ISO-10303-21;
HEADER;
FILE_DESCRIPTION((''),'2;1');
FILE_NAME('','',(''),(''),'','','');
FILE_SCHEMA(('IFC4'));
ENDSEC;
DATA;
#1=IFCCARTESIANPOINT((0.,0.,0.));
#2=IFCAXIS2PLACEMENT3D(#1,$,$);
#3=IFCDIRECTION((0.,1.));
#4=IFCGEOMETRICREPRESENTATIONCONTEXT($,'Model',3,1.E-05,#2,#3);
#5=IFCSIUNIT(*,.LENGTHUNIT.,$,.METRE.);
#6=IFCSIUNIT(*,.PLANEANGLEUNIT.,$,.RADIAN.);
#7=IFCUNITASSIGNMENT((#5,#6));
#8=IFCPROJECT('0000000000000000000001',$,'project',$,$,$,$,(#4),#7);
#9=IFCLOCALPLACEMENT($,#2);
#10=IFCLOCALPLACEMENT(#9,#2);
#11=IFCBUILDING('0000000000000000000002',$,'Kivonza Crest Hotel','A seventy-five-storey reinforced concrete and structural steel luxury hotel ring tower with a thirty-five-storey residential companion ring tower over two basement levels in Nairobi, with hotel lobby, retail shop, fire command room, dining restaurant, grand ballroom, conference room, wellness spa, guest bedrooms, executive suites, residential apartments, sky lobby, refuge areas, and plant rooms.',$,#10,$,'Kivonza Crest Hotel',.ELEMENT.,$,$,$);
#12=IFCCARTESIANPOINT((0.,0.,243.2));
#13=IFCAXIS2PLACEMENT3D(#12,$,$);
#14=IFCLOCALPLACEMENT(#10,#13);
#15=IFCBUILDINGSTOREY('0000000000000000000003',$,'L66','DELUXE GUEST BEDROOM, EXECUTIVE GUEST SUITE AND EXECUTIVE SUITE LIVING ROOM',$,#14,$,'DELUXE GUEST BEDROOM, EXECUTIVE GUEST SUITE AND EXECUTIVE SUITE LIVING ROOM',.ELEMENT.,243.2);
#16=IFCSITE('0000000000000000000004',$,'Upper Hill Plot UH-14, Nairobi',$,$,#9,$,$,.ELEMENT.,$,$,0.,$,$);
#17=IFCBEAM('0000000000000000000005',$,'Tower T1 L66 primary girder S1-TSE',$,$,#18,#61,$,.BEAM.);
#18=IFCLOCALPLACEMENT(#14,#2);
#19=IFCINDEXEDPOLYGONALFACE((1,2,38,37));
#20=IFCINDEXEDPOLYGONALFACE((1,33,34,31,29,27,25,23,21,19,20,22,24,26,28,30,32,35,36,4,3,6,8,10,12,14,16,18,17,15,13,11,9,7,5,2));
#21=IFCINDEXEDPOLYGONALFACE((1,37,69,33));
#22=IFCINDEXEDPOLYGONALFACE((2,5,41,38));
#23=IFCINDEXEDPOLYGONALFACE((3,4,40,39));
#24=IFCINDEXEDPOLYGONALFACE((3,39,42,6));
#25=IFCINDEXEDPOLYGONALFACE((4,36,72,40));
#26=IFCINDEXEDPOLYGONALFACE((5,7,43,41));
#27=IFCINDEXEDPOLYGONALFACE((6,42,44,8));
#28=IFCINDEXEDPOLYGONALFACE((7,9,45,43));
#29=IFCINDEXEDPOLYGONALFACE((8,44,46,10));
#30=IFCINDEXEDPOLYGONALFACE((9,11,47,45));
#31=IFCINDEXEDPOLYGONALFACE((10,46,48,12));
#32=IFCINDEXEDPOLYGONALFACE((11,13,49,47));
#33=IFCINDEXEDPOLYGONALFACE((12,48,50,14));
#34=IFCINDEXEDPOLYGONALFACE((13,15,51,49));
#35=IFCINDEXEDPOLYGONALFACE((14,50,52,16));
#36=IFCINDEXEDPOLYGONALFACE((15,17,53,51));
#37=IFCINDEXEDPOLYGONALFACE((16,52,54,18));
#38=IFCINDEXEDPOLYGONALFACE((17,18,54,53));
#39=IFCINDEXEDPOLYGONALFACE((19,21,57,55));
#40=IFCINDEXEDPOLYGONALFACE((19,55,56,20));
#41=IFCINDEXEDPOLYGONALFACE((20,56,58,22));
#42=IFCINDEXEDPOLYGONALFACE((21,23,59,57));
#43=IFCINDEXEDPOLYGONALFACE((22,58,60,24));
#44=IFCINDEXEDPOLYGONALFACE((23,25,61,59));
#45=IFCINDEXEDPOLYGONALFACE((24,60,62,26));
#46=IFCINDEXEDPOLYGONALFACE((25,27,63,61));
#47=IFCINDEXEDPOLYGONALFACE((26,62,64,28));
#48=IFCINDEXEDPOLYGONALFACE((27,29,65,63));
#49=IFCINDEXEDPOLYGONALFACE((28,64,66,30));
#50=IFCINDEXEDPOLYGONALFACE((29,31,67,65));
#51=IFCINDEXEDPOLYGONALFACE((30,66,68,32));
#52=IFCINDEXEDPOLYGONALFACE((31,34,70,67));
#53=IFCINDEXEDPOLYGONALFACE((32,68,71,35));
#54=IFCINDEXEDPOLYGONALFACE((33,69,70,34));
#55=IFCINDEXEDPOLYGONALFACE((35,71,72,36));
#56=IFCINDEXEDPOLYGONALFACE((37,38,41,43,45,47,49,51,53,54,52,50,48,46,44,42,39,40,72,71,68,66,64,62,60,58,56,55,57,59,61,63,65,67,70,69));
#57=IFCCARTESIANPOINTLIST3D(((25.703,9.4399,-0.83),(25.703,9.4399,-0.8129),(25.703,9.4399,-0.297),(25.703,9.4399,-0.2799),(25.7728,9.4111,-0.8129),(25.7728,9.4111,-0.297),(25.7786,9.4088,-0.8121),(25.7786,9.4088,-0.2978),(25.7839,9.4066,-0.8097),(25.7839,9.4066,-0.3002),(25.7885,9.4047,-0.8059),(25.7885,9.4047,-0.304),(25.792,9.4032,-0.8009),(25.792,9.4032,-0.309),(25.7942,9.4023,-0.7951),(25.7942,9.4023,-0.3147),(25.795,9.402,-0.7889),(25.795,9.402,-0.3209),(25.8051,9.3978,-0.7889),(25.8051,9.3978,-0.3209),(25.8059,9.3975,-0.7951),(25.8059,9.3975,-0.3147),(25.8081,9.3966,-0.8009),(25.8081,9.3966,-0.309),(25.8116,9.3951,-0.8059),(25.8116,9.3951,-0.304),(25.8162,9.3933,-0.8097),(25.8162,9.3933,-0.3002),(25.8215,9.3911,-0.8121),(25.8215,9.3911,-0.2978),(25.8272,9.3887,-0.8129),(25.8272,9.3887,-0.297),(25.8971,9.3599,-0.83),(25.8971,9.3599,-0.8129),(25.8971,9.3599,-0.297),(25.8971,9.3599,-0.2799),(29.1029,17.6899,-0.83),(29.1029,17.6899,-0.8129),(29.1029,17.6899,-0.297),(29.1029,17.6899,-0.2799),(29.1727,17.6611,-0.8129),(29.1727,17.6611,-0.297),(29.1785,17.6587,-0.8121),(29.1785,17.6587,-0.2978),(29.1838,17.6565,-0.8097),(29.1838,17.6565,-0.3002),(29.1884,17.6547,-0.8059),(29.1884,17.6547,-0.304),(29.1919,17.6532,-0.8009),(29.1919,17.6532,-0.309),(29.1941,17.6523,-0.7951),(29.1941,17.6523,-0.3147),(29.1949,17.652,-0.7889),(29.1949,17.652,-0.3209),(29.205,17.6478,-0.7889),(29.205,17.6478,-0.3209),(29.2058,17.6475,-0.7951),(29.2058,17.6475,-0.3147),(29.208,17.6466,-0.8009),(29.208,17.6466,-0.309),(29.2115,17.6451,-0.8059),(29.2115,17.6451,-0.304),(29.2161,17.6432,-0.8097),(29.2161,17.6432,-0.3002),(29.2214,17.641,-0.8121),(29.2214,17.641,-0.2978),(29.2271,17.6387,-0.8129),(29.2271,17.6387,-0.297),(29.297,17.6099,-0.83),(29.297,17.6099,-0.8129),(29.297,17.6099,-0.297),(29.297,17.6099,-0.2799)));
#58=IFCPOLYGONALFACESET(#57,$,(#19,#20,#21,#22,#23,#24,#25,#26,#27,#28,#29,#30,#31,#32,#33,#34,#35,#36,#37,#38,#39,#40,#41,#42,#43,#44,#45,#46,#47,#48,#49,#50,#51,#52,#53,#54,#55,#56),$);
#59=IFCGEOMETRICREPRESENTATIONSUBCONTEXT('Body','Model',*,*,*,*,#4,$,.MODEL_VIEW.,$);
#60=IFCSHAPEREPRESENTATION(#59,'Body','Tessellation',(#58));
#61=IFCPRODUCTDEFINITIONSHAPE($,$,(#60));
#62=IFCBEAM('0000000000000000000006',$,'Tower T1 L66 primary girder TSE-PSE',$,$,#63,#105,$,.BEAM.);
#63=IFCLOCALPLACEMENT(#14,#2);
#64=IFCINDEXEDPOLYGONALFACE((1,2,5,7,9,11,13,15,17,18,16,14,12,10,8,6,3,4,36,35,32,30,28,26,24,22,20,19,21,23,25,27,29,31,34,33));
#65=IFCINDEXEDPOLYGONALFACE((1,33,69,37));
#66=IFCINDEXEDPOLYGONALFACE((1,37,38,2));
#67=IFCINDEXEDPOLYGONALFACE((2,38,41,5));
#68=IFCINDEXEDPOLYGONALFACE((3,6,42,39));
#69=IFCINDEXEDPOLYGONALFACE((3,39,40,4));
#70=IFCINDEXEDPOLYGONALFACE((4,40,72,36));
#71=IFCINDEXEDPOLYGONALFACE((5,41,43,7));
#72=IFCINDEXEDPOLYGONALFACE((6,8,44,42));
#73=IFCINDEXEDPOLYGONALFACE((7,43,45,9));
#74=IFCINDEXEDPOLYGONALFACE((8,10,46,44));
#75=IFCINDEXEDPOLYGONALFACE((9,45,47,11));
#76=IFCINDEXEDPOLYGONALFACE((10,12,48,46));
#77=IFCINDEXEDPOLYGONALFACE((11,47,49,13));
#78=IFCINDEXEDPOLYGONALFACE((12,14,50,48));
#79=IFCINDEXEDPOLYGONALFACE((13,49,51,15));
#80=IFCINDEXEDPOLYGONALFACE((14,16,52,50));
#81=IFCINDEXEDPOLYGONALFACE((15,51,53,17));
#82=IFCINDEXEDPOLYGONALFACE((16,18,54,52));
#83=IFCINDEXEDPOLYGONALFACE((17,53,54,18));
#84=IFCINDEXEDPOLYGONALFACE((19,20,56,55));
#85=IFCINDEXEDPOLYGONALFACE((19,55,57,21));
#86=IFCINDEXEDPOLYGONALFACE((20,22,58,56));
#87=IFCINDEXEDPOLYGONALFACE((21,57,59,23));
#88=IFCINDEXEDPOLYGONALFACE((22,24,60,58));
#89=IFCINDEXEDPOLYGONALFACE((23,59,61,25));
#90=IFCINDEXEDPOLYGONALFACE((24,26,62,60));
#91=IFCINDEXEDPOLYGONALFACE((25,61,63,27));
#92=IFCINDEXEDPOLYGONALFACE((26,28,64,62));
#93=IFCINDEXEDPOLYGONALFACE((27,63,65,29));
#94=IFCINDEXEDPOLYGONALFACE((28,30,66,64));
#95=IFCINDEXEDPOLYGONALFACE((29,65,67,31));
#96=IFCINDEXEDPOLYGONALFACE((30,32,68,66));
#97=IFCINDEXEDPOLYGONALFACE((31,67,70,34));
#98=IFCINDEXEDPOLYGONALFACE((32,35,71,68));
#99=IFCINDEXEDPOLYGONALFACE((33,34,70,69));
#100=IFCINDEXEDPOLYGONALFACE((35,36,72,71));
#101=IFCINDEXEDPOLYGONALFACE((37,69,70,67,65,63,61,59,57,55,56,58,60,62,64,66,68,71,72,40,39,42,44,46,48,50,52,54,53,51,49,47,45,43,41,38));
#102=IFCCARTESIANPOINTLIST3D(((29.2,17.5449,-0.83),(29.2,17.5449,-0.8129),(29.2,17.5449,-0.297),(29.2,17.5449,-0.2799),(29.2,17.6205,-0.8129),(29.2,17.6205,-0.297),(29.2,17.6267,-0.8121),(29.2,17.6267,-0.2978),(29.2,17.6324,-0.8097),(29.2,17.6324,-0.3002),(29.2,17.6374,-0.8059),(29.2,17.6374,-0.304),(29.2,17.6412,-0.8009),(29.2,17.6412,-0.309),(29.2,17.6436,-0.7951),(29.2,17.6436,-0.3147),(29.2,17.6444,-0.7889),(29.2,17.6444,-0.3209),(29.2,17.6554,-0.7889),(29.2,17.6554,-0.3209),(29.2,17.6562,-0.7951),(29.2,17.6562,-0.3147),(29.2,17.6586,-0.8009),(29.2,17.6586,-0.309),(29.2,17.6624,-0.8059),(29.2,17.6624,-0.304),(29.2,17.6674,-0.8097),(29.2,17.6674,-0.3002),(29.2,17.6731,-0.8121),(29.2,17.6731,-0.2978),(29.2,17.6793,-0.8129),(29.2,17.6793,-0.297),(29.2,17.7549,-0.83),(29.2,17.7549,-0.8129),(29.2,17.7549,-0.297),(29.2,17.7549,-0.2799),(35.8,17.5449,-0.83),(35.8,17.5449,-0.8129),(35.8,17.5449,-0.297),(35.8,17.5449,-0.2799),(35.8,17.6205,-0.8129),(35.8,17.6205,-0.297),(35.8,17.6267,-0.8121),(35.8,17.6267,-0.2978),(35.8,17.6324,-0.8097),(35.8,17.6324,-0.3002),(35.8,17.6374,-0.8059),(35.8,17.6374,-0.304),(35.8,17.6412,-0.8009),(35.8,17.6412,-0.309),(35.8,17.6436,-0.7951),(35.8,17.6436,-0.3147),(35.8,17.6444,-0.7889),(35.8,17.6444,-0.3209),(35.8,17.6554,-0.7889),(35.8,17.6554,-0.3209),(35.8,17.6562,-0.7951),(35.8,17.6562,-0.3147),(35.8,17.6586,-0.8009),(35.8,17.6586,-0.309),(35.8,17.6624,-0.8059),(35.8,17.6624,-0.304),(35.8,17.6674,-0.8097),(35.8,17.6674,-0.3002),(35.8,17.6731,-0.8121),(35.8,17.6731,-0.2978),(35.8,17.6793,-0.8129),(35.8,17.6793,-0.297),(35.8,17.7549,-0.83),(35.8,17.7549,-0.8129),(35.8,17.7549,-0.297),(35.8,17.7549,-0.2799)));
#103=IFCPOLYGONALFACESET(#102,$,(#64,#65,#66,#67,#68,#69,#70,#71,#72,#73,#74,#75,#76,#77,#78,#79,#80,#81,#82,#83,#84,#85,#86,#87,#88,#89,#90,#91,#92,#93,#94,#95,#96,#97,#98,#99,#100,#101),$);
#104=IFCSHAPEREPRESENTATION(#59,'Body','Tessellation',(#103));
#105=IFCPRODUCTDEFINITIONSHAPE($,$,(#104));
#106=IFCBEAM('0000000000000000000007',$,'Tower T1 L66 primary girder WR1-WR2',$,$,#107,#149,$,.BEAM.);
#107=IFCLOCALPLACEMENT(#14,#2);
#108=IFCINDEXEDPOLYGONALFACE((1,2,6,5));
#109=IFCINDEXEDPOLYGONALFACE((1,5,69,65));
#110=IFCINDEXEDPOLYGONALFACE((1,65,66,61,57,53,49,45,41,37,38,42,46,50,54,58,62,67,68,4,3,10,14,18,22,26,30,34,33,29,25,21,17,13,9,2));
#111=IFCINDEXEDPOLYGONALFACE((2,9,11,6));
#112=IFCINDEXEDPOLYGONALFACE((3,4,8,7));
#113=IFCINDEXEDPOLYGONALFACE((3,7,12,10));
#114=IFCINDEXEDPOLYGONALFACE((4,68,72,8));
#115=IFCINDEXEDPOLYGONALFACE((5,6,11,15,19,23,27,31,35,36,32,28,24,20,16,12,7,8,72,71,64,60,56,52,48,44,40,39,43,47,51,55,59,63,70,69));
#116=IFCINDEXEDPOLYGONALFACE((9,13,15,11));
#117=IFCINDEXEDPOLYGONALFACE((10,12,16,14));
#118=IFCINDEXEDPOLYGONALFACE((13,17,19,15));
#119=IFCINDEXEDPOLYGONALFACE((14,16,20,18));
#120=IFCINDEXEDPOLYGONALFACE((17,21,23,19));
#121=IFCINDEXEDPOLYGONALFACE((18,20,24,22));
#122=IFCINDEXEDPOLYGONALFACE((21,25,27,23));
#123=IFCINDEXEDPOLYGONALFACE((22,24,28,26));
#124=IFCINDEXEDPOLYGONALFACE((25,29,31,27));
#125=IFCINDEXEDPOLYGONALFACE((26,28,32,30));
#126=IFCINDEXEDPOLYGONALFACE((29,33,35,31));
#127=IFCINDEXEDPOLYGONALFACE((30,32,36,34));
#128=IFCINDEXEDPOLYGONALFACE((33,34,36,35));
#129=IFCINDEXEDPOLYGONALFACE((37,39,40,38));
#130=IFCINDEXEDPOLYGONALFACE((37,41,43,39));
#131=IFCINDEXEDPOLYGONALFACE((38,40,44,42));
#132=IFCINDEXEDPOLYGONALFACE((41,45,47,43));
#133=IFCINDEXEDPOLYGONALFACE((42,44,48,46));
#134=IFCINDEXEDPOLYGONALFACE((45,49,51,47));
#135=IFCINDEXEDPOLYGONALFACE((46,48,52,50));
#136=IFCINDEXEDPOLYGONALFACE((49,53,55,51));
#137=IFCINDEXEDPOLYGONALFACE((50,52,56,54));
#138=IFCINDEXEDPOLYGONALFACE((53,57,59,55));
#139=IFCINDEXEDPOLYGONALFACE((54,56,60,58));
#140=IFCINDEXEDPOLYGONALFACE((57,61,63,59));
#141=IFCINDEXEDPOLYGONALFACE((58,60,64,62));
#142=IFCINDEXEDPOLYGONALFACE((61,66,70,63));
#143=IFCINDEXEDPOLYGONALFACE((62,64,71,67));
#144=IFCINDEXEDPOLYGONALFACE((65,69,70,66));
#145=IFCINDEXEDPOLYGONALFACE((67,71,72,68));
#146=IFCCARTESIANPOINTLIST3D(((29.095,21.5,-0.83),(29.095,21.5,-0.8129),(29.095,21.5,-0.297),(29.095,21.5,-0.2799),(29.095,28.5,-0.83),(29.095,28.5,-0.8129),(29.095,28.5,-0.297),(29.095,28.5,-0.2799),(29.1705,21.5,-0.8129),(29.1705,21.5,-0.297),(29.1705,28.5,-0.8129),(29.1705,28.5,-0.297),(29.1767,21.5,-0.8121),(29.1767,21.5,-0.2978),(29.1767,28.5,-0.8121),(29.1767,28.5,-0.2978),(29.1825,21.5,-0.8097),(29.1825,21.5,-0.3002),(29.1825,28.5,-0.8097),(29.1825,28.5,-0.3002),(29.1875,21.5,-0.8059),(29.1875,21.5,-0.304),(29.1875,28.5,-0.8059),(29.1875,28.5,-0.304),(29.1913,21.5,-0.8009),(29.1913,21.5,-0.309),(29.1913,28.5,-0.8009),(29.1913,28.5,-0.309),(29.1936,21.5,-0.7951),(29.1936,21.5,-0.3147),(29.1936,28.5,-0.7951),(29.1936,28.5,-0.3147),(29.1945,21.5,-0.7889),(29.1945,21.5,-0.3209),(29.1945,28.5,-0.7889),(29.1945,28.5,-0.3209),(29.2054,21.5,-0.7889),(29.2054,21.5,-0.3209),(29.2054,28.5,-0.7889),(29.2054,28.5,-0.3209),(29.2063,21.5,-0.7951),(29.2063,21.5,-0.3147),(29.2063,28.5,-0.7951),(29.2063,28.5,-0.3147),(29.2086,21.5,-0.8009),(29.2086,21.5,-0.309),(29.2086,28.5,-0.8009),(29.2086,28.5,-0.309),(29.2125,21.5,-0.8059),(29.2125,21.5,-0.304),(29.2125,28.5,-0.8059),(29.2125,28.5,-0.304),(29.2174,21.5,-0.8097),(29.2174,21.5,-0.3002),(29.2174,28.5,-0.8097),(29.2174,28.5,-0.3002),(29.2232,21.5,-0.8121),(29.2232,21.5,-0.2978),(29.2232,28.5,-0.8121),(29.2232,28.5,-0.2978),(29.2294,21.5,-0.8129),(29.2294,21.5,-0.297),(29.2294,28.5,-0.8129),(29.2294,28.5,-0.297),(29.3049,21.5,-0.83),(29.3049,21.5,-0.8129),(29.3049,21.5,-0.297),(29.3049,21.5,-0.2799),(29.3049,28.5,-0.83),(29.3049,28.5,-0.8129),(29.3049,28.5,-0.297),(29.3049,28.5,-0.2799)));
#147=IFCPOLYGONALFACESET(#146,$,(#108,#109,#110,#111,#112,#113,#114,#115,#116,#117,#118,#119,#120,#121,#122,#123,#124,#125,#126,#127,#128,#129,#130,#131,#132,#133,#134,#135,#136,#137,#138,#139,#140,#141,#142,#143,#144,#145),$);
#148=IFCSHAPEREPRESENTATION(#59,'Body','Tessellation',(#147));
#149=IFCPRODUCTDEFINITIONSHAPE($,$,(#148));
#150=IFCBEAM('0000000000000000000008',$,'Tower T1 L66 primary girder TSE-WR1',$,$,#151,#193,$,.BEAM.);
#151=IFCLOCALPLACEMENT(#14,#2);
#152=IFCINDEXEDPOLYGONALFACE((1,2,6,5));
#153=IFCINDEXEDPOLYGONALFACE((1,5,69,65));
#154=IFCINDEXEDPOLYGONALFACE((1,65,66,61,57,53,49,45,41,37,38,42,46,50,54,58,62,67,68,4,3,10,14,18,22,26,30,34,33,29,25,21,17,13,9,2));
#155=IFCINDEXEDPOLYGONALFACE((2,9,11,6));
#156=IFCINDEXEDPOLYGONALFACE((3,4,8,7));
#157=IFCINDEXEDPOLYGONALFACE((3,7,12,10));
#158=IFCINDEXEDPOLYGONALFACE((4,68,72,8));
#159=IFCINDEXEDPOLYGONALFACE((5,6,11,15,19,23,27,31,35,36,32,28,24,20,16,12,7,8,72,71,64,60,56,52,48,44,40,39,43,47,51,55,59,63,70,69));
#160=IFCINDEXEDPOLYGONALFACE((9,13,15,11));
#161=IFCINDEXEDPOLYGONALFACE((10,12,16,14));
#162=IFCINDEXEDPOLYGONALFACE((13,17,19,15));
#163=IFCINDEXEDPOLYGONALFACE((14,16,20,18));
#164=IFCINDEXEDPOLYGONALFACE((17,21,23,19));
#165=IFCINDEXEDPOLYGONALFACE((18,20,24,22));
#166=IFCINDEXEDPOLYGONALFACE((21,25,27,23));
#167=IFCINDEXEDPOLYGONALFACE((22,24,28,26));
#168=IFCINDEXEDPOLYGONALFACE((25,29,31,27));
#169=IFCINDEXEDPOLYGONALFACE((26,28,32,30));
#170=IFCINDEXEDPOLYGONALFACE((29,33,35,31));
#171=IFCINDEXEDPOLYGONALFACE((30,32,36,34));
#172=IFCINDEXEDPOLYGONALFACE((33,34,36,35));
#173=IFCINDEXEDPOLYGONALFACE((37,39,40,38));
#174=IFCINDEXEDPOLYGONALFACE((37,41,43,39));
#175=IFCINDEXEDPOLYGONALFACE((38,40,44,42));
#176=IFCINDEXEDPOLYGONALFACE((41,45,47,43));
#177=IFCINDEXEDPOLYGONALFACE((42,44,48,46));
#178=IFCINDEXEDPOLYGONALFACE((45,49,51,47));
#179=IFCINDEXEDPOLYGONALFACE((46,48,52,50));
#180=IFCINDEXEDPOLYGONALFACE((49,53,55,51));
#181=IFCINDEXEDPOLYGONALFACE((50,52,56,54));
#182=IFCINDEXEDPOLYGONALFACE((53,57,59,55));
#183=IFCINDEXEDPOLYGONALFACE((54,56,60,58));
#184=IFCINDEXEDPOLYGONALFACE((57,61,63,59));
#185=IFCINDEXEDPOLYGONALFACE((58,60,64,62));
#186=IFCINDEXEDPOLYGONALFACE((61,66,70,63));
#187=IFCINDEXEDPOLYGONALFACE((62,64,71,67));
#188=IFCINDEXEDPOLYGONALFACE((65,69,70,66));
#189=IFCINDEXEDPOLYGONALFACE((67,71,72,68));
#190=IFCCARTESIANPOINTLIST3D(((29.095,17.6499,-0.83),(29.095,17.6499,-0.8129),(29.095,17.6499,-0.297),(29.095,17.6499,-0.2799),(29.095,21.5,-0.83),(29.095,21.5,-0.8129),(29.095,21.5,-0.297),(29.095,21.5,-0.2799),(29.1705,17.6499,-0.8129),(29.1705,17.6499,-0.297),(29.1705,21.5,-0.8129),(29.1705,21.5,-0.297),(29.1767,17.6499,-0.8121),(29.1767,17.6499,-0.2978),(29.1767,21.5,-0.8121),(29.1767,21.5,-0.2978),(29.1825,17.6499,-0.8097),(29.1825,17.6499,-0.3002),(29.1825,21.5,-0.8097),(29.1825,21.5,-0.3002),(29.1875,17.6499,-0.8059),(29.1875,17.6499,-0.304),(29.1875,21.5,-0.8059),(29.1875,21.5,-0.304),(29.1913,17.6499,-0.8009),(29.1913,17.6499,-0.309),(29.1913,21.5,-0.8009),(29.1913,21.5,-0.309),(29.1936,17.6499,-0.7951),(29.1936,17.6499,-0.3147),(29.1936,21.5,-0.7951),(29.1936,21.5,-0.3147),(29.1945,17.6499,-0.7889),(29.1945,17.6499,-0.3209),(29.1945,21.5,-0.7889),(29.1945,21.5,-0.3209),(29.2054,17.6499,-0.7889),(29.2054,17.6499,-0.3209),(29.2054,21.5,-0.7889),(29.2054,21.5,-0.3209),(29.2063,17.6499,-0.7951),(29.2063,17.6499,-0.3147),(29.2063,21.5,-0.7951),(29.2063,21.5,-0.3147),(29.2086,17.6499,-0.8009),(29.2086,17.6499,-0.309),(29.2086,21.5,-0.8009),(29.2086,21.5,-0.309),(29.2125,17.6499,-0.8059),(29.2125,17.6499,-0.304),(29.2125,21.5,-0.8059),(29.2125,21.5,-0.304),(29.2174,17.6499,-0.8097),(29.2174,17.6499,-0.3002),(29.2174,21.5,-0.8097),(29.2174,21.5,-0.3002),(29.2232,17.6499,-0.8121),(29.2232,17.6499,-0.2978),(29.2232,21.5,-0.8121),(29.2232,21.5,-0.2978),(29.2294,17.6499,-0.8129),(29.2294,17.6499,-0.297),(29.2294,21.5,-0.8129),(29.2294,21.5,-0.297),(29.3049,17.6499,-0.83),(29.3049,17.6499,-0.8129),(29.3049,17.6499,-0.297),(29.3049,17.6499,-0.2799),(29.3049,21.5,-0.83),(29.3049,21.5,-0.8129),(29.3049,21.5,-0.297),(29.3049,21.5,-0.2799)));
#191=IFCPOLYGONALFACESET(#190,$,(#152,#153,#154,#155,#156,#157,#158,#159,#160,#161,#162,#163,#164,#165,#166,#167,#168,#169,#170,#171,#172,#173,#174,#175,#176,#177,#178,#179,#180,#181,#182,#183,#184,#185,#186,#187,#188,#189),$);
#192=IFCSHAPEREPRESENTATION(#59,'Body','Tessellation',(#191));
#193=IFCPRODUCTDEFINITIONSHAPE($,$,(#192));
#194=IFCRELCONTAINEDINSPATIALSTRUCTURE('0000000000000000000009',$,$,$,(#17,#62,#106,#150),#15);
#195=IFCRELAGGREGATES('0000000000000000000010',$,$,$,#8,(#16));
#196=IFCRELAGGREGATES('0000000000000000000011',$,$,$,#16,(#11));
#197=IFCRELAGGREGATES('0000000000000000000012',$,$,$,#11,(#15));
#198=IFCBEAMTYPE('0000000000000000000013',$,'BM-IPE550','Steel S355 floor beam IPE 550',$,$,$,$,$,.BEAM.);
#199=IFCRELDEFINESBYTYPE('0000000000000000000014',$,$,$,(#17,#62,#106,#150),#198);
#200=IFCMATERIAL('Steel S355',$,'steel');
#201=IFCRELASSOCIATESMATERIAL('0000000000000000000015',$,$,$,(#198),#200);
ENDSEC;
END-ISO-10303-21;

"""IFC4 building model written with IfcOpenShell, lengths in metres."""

from ifc_helpers import new_model, si_unit, direction, frame, origin, origin_2d, place, context, subcontext, project, spatial, i_section, extrude, material, material_profile, profile_set, type_object, element, save


model = new_model("IFC4")

# Units and contexts
model_context = context("Model", 3, precision=1e-05, world=origin(), true_north=direction((0.0, 1.0)))
body_context = subcontext(model_context, "Body", "Model", "MODEL_VIEW")
ifc_project = project(units=[si_unit("LENGTHUNIT", "METRE"), si_unit("PLANEANGLEUNIT", "RADIAN")], contexts=[model_context])

# Site, building, storey
site_placement = place(None, origin())
site = spatial("IfcSite", under=ifc_project, at=site_placement, Name="Upper Hill Plot UH-14, Nairobi", CompositionType="ELEMENT", RefElevation=0.0)
building_placement = place(site_placement, origin())
building = spatial("IfcBuilding", under=site, at=building_placement, Name="Kivonza Crest Hotel", Description="A seventy-five-storey reinforced concrete and structural steel luxury hotel ring tower with a thirty-five-storey residential companion ring tower over two basement levels in Nairobi, with hotel lobby, retail shop, fire command room, dining restaurant, grand ballroom, conference room, wellness spa, guest bedrooms, executive suites, residential apartments, sky lobby, refuge areas, and plant rooms.", LongName="Kivonza Crest Hotel", CompositionType="ELEMENT")
storey_placement = place(building_placement, frame((0.0, 0.0, 243.2)))
storey = spatial("IfcBuildingStorey", under=building, at=storey_placement, Name="L66", Description="DELUXE GUEST BEDROOM, EXECUTIVE GUEST SUITE AND EXECUTIVE SUITE LIVING ROOM", LongName="DELUXE GUEST BEDROOM, EXECUTIVE GUEST SUITE AND EXECUTIVE SUITE LIVING ROOM", CompositionType="ELEMENT", Elevation=243.2)

# Beams
ifc_material_1 = material(Name="Steel S355", Category="steel")
ifc_material_profile_1 = material_profile(ifc_material_1, i_section(OverallWidth=0.21, OverallDepth=0.55, WebThickness=0.011, FlangeThickness=0.0171, FilletRadius=0.0239, at=origin_2d()), Name="IPE 550")
ifc_profile_set_1 = profile_set([ifc_material_profile_1], Name="Steel S355")
beam_type_1 = type_object("IfcBeamType", Name="BM-IPE550", Description="Steel S355 floor beam IPE 550", PredefinedType="BEAM", material=ifc_profile_set_1)
beam_1_placement = place(storey_placement, frame((25.8, 9.3999, -0.5549), z_axis=(0.381022, 0.924566, 0.0), x_axis=(-0.924566, 0.381022, 0.0)))
element("IfcBeam", 1, at=beam_1_placement, inside=storey, type_object=beam_type_1, Name="Tower T1 L66 primary girder S1-TSE", PredefinedType="BEAM", context=body_context, shape_type="SweptSolid", body=[
    extrude(i_section(OverallWidth=0.21, OverallDepth=0.55, WebThickness=0.011, FlangeThickness=0.0171, FilletRadius=0.0239, at=origin_2d()), origin(), (0.0, 0.0, 1.0), 8.9231),
])
beam_2_placement = place(storey_placement, frame((29.2, 17.6499, -0.5549), z_axis=(1.0, 0.0, 0.0), x_axis=(0.0, 1.0, 0.0)))
element("IfcBeam", 2, at=beam_2_placement, inside=storey, type_object=beam_type_1, Name="Tower T1 L66 primary girder TSE-PSE", PredefinedType="BEAM", context=body_context, shape_type="SweptSolid", body=[
    extrude(i_section(OverallWidth=0.21, OverallDepth=0.55, WebThickness=0.011, FlangeThickness=0.0171, FilletRadius=0.0239, at=origin_2d()), origin(), (0.0, 0.0, 1.0), 6.6001),
])
beam_3_placement = place(storey_placement, frame((29.2, 21.5, -0.5549), z_axis=(0.0, 1.0, 0.0), x_axis=(-1.0, 0.0, 0.0)))
element("IfcBeam", 3, at=beam_3_placement, inside=storey, type_object=beam_type_1, Name="Tower T1 L66 primary girder WR1-WR2", PredefinedType="BEAM", context=body_context, shape_type="SweptSolid", body=[
    extrude(i_section(OverallWidth=0.21, OverallDepth=0.55, WebThickness=0.011, FlangeThickness=0.0171, FilletRadius=0.0239, at=origin_2d()), origin(), (0.0, 0.0, 1.0), 7.0),
])
beam_4_placement = place(storey_placement, frame((29.2, 17.6499, -0.5549), z_axis=(0.0, 1.0, 0.0), x_axis=(-1.0, 0.0, 0.0)))
element("IfcBeam", 4, at=beam_4_placement, inside=storey, type_object=beam_type_1, Name="Tower T1 L66 primary girder TSE-WR1", PredefinedType="BEAM", context=body_context, shape_type="SweptSolid", body=[
    extrude(i_section(OverallWidth=0.21, OverallDepth=0.55, WebThickness=0.011, FlangeThickness=0.0171, FilletRadius=0.0239, at=origin_2d()), origin(), (0.0, 0.0, 1.0), 3.8501),
])

save(model, "model.ifc")
